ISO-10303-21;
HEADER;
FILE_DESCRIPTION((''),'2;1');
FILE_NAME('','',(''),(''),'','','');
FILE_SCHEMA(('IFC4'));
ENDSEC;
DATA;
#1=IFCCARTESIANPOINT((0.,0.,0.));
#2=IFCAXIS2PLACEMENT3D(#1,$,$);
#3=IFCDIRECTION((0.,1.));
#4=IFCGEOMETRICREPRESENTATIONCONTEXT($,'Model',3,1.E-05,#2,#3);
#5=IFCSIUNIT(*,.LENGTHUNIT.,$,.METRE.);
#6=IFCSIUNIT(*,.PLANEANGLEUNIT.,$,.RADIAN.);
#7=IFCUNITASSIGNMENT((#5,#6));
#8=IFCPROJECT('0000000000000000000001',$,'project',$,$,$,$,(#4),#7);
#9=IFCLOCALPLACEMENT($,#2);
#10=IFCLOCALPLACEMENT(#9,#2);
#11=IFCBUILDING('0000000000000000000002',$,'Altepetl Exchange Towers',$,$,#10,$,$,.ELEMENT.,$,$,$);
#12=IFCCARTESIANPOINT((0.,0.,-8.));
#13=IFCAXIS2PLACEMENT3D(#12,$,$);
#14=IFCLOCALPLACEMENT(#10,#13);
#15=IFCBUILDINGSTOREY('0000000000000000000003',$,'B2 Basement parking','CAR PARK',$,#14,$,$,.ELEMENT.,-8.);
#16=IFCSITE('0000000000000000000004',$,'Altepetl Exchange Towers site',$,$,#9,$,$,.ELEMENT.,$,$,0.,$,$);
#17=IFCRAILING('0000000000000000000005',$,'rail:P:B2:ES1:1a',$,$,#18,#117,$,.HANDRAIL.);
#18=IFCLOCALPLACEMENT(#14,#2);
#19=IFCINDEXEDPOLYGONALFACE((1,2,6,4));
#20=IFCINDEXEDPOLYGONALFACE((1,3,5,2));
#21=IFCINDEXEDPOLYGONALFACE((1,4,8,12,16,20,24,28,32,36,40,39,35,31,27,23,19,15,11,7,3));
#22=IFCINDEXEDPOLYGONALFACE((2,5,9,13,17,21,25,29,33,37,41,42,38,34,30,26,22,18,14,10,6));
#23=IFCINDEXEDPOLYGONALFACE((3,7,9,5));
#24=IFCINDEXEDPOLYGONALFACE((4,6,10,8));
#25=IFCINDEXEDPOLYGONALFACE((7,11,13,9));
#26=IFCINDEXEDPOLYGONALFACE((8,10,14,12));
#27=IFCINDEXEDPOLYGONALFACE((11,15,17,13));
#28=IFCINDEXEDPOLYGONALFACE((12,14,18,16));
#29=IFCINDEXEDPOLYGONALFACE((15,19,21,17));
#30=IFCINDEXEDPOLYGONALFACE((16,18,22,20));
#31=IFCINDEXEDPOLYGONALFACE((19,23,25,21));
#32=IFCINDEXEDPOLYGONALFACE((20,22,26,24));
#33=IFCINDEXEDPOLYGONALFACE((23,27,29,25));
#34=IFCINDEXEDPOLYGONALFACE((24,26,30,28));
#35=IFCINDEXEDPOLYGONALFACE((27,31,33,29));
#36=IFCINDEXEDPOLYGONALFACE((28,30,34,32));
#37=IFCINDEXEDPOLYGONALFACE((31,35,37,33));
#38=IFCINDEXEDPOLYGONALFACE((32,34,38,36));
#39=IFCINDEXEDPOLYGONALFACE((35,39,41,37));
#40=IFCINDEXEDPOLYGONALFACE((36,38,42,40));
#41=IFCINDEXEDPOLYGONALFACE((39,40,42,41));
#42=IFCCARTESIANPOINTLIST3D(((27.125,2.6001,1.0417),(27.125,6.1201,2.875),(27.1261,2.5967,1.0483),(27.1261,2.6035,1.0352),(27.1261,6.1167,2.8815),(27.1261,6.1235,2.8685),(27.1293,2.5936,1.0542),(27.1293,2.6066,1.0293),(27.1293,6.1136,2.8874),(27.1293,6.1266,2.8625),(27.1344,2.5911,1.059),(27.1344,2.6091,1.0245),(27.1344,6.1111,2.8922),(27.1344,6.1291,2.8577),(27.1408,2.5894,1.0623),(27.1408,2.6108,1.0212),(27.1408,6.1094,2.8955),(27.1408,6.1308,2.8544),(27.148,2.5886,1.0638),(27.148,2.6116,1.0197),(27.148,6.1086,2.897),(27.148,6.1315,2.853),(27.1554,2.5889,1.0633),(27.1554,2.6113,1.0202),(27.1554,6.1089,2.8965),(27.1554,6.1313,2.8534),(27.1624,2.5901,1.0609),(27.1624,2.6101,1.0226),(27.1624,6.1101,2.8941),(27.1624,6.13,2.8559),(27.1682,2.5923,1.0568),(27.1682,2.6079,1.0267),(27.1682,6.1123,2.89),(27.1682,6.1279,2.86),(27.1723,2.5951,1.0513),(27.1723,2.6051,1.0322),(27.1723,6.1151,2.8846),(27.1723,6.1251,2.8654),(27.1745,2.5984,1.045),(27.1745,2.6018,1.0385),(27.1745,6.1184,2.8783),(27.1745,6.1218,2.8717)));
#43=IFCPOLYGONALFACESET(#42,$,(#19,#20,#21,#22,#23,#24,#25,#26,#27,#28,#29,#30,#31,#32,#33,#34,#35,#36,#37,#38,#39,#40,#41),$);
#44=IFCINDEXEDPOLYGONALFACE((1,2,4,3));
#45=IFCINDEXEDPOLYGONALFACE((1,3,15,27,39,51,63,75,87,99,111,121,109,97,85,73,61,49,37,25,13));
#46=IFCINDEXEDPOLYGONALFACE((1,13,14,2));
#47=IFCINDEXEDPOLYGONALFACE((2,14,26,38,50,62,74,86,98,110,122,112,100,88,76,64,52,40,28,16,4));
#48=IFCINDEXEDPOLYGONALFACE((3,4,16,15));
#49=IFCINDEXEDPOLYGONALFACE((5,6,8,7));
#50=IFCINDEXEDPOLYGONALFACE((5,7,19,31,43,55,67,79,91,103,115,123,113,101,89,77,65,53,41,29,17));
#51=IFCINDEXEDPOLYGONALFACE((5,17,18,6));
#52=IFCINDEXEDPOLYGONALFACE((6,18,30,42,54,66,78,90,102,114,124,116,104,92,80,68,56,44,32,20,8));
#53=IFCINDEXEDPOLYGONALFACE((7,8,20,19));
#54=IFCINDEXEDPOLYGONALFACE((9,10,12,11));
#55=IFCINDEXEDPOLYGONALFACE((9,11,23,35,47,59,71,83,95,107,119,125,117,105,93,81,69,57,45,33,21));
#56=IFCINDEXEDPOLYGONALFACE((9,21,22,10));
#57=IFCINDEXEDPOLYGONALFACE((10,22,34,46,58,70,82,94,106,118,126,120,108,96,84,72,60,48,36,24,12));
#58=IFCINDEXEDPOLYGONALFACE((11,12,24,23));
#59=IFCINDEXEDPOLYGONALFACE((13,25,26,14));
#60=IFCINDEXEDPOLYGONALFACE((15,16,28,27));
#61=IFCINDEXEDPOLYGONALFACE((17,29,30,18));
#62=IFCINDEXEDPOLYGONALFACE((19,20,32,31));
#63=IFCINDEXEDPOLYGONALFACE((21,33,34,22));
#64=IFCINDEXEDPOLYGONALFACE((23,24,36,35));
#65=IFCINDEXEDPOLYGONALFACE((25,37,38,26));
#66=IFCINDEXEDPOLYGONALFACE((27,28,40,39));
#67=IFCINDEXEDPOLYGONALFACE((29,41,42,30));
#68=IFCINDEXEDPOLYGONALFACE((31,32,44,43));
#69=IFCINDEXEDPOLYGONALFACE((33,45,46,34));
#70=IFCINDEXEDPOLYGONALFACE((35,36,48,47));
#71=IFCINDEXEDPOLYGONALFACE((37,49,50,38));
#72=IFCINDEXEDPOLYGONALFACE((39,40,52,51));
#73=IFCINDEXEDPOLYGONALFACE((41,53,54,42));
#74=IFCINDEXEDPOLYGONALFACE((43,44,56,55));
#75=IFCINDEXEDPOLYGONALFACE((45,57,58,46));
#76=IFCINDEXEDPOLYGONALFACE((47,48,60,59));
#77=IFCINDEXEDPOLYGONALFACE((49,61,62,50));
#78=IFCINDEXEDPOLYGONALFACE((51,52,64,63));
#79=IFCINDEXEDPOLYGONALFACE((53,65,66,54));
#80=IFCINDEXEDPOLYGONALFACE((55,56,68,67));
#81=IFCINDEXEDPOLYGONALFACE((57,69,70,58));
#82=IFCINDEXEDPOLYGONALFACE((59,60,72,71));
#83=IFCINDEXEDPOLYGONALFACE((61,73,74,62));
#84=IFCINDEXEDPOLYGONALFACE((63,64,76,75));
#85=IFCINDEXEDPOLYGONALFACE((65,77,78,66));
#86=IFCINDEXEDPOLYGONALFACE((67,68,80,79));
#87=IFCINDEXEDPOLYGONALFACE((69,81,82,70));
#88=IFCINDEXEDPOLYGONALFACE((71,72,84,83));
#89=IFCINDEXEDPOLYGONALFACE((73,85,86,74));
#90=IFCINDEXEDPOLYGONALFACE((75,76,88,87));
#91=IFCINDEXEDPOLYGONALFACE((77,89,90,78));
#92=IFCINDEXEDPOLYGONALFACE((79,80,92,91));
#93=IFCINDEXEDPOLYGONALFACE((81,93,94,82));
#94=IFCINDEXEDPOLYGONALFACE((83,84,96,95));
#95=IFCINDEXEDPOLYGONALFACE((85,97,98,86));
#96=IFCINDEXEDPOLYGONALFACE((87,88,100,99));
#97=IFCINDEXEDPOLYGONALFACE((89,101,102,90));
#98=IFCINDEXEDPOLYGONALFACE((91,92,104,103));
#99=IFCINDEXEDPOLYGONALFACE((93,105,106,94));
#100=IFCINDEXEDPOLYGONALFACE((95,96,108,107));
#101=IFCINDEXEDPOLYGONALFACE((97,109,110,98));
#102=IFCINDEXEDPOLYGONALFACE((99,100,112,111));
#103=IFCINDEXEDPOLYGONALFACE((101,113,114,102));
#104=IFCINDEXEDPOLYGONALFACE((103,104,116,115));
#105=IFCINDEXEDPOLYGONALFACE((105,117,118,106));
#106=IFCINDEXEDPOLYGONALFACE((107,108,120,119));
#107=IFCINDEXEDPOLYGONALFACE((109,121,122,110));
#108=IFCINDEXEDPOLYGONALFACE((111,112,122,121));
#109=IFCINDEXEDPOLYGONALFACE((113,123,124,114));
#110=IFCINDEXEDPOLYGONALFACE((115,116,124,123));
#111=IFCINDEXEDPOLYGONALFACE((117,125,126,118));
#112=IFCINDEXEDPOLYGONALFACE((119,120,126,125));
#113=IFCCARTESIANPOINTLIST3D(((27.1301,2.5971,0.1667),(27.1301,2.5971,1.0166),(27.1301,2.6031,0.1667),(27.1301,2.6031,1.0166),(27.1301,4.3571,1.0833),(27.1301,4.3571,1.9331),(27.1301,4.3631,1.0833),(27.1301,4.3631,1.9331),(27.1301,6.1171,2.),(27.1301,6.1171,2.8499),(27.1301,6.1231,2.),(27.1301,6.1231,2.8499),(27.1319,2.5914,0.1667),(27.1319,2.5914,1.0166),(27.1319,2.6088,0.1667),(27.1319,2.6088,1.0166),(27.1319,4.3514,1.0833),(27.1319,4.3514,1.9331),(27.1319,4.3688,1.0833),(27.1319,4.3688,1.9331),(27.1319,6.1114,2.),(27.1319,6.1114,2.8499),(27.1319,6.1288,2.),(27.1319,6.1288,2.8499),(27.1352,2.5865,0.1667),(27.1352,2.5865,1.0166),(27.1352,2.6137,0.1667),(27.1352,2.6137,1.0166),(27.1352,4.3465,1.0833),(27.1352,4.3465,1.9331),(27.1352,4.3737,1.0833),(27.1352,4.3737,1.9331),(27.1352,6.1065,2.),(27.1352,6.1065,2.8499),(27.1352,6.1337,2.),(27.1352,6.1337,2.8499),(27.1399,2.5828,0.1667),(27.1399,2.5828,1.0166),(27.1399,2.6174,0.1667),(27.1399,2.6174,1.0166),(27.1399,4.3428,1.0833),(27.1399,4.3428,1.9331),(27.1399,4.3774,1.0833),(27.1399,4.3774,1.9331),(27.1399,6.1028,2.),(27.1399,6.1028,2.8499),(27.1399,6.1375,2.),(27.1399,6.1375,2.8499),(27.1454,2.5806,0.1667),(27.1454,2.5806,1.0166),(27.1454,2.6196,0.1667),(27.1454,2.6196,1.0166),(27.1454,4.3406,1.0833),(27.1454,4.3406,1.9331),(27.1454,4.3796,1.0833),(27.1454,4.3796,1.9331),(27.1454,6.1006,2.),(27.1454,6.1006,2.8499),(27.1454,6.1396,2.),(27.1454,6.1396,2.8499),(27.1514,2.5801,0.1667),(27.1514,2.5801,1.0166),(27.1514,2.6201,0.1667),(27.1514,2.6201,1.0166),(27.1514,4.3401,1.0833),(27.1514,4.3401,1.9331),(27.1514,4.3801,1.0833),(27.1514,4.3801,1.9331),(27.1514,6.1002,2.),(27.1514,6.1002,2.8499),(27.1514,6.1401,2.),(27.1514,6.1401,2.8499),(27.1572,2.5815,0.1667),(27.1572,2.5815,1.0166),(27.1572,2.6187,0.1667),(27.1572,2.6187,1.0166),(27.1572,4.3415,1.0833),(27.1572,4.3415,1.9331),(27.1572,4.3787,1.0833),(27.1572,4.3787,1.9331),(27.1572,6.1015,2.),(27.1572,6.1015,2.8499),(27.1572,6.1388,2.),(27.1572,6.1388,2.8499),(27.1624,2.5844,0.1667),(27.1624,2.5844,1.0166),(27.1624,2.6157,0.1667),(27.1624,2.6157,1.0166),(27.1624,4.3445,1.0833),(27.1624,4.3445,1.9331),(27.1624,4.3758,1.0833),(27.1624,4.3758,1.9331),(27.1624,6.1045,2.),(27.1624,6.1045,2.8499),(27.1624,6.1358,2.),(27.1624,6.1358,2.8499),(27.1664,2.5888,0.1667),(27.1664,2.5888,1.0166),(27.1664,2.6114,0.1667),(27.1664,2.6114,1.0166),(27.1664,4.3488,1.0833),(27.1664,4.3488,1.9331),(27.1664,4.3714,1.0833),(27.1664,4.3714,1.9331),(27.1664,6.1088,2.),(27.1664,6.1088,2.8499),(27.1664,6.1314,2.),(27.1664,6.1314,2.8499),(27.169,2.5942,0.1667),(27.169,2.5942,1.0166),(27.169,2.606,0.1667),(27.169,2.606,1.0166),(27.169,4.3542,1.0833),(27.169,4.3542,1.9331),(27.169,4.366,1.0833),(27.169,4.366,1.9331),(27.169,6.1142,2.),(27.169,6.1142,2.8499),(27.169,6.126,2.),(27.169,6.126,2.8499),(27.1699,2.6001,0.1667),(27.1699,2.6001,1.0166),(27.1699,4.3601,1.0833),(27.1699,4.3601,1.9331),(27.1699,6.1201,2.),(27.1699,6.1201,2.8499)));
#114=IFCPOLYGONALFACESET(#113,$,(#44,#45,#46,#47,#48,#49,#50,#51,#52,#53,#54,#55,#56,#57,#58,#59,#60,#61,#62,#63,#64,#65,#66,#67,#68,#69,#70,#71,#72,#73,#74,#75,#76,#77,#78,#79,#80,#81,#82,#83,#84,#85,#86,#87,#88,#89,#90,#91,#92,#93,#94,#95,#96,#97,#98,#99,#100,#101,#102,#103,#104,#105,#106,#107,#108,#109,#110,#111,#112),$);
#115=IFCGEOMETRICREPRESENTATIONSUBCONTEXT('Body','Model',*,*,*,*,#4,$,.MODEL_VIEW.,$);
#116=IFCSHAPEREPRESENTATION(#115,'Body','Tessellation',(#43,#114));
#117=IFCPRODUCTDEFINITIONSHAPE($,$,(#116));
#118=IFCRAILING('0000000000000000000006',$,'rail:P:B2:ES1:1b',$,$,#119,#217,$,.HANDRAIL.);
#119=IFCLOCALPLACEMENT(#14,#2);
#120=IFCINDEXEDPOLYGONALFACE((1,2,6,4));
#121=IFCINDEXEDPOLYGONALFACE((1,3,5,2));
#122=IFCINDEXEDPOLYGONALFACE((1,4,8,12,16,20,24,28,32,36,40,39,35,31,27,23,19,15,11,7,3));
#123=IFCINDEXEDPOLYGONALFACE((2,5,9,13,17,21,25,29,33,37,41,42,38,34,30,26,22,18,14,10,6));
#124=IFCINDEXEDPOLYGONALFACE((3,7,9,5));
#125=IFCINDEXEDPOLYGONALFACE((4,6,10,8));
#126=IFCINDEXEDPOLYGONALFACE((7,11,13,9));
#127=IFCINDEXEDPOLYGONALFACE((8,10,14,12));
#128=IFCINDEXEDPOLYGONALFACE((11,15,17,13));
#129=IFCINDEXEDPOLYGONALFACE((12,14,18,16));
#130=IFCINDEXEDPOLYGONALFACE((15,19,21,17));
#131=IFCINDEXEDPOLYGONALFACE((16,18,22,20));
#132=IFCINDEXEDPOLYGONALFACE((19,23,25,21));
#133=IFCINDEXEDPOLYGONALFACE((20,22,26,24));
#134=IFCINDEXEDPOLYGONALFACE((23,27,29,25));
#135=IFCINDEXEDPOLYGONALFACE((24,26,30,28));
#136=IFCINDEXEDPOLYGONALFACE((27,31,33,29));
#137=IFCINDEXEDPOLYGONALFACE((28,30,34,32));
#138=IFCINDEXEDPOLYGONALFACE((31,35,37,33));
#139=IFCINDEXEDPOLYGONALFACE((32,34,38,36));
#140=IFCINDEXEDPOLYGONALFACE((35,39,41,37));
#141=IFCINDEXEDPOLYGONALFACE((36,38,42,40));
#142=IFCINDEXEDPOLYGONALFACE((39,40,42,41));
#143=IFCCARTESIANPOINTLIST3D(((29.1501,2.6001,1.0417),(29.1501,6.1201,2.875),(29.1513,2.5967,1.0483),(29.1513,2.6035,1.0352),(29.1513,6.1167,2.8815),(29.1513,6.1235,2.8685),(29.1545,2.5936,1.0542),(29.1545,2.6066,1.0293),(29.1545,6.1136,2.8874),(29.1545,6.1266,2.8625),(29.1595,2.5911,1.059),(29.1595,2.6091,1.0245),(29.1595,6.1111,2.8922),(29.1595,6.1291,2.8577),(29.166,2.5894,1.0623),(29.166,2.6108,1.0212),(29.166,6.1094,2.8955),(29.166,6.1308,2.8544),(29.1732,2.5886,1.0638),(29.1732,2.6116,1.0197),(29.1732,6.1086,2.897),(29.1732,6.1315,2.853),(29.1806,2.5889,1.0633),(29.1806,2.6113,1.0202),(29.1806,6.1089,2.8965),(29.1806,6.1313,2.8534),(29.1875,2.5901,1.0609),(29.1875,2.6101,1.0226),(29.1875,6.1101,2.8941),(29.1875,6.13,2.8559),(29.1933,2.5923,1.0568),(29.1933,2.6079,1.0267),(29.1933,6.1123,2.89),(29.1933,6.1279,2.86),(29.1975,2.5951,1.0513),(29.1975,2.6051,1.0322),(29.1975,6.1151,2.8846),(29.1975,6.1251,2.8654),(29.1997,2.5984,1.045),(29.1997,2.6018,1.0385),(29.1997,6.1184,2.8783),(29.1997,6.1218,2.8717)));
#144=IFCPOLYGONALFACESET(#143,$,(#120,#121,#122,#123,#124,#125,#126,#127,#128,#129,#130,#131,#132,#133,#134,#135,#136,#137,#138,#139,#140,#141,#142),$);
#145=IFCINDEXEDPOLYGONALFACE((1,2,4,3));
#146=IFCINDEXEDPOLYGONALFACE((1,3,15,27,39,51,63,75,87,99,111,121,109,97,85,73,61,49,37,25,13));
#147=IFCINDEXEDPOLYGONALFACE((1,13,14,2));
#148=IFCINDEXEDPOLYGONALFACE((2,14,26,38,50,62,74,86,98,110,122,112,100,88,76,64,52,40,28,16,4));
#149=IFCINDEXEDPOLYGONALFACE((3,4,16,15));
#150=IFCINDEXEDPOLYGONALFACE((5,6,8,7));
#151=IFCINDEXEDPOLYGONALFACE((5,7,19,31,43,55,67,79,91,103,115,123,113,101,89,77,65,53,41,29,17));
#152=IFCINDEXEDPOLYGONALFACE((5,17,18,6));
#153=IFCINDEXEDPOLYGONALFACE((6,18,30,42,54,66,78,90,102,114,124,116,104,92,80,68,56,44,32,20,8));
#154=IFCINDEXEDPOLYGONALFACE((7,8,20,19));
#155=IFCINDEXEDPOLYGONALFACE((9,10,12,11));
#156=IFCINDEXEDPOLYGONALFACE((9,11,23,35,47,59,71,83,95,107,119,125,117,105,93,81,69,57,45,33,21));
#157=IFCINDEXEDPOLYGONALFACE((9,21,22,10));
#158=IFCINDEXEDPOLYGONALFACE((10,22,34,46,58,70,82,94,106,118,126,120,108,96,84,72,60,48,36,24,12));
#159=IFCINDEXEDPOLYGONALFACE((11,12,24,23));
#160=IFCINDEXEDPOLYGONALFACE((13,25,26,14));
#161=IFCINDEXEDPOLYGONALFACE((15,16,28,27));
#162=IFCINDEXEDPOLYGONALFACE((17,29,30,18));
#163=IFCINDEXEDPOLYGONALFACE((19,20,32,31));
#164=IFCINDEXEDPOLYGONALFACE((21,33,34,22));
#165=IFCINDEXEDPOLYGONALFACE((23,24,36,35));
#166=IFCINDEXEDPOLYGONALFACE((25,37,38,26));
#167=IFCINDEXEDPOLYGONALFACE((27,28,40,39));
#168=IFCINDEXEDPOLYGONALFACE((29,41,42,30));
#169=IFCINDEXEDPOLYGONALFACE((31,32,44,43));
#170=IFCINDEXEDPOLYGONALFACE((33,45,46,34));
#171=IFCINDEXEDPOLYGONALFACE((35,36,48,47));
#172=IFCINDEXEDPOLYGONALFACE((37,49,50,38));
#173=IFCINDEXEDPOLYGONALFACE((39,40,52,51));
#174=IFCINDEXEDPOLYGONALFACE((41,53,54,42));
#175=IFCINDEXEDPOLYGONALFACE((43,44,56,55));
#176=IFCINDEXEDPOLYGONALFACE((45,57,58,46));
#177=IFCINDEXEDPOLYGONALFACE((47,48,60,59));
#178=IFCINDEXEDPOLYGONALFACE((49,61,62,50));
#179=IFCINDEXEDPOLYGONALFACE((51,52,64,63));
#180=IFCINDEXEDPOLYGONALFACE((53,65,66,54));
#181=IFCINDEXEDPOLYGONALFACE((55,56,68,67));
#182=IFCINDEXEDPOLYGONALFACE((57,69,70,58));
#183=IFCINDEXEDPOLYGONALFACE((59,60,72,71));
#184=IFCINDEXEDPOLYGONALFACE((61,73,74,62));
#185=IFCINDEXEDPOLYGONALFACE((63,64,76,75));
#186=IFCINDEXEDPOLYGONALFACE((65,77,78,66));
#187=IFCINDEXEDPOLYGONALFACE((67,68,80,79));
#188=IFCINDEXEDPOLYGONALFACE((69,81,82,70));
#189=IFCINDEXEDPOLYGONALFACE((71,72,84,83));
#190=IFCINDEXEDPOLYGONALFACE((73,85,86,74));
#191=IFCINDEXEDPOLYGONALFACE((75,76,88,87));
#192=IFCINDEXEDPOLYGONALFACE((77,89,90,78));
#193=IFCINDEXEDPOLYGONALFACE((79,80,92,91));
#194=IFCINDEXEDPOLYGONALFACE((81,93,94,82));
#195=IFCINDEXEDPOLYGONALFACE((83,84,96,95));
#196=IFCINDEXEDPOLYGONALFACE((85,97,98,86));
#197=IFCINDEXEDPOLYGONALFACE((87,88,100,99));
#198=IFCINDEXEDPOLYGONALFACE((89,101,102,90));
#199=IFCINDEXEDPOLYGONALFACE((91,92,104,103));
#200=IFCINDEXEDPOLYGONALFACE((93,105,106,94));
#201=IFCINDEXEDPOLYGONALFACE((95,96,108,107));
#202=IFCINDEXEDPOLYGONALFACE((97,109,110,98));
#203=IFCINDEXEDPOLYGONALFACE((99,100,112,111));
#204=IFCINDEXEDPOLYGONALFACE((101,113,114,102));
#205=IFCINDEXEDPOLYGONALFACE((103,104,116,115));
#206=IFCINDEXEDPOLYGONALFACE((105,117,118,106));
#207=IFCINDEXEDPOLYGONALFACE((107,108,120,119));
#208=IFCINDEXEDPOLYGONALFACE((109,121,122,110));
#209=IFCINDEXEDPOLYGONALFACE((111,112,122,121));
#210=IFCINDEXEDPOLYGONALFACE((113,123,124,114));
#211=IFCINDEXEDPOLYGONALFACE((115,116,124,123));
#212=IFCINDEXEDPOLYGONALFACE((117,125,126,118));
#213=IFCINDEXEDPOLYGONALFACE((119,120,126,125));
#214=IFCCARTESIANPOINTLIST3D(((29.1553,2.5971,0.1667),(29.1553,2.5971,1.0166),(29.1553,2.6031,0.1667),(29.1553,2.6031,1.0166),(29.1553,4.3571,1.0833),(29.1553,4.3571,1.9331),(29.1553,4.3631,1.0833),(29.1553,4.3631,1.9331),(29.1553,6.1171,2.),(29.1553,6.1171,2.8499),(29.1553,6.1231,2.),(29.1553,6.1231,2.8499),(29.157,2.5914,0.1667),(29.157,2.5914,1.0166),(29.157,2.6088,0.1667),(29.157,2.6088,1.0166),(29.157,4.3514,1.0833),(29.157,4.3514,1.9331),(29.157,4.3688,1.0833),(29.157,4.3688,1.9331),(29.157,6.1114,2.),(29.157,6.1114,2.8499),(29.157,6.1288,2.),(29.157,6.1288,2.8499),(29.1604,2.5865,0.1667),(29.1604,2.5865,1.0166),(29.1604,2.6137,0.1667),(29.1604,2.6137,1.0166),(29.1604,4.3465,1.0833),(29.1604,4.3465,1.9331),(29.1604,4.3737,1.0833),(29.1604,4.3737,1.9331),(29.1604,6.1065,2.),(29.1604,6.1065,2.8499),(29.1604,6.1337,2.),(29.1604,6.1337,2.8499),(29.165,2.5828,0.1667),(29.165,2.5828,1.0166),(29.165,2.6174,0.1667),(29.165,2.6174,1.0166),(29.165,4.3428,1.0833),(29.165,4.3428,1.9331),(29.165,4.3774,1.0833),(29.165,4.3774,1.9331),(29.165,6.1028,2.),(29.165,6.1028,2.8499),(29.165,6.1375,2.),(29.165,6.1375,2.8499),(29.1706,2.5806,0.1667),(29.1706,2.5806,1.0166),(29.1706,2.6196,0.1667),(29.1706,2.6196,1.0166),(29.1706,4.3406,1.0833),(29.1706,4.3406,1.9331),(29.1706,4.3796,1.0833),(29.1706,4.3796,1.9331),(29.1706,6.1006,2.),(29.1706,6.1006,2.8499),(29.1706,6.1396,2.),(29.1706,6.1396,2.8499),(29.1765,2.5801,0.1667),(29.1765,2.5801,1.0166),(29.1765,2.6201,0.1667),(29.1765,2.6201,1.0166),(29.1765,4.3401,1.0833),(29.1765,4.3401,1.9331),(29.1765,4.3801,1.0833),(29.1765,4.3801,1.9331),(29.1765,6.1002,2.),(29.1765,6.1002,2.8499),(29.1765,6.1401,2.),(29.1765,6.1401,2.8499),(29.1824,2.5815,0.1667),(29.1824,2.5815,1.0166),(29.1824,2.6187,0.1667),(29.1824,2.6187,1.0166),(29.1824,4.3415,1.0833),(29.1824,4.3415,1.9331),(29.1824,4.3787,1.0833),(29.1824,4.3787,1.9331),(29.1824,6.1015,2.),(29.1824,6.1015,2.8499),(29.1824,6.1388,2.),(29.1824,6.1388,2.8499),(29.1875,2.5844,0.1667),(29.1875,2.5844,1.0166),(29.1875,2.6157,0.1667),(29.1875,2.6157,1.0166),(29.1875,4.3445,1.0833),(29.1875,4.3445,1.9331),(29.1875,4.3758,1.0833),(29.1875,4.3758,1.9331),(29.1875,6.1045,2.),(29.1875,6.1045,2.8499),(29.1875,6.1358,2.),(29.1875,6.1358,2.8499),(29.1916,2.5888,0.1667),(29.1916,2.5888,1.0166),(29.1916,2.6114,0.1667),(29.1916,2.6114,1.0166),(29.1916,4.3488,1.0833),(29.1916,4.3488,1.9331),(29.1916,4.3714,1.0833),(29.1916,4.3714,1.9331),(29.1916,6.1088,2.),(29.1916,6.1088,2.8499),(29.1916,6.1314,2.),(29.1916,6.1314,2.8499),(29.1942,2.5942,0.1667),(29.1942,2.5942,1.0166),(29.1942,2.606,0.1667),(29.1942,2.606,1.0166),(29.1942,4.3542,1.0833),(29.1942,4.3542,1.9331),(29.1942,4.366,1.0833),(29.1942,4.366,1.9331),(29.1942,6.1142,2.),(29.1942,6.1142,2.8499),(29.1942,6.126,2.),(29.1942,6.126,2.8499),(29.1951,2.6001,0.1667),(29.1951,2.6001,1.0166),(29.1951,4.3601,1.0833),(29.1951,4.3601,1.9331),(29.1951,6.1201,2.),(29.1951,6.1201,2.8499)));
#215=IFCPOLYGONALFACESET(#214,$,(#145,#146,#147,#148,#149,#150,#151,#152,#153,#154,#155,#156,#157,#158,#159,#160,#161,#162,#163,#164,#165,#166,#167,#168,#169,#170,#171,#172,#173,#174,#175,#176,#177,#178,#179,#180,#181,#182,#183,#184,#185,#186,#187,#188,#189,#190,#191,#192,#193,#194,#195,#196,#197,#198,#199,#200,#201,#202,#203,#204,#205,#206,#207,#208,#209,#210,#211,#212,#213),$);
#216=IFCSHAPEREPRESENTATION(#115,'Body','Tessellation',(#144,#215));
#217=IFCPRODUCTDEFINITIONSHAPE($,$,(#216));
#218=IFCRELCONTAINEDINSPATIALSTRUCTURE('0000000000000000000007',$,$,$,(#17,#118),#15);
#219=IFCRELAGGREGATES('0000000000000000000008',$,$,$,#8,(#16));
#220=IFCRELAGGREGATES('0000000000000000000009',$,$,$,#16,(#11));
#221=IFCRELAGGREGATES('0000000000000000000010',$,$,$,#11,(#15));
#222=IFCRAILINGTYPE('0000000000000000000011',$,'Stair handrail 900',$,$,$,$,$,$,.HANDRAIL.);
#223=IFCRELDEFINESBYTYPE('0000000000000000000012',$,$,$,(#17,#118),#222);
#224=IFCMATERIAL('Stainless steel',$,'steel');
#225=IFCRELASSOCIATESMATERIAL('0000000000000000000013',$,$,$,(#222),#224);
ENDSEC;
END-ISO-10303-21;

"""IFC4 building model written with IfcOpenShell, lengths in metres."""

from ifc_helpers import new_model, si_unit, direction, frame, origin, origin_2d, place, context, subcontext, project, spatial, circle, extrude, source, transform, mapped, material, type_object, element, save


model = new_model("IFC4")

# Units and contexts
model_context = context("Model", 3, precision=1e-05, world=origin(), true_north=direction((0.0, 1.0)))
body_context = subcontext(model_context, "Body", "Model", "MODEL_VIEW")
ifc_project = project(units=[si_unit("LENGTHUNIT", "METRE"), si_unit("PLANEANGLEUNIT", "RADIAN")], contexts=[model_context])

# Site, building, storey
site_placement = place(None, origin())
site = spatial("IfcSite", under=ifc_project, at=site_placement, Name="Altepetl Exchange Towers site", CompositionType="ELEMENT", RefElevation=0.0)
building_placement = place(site_placement, origin())
building = spatial("IfcBuilding", under=site, at=building_placement, Name="Altepetl Exchange Towers", CompositionType="ELEMENT")
storey_placement = place(building_placement, frame((0.0, 0.0, -8.0)))
storey = spatial("IfcBuildingStorey", under=building, at=storey_placement, Name="B2 Basement parking", Description="CAR PARK", CompositionType="ELEMENT", Elevation=-8.0)

# Railings
ifc_material_1 = material(Name="Stainless steel", Category="steel")
railing_type_1 = type_object("IfcRailingType", Name="Stair handrail 900", PredefinedType="HANDRAIL", material=ifc_material_1)
shared_shape_1 = source(origin(), body_context, "Body", "SweptSolid", [
    extrude(circle(Radius=0.02, at=origin_2d()), origin(), (0.0, 0.0, 1.0), 0.8499),
])
for number, where, name in (
    (1, (27.1499, 2.6001, 0.1667), "rail:P:B2:ES1:1a"),
    (2, (29.175, 2.6001, 0.1667), "rail:P:B2:ES1:1b"),
):
    element("IfcRailing", number, at=place(storey_placement, frame(where)), inside=storey, type_object=railing_type_1, Name=name, PredefinedType="HANDRAIL", context=body_context, shape_type="SweptSolid", body=[
        extrude(circle(Radius=0.0249, at=origin_2d()), frame((0.0, 0.0, 0.875), z_axis=(0.0, 0.886924, 0.461916), x_axis=(-1.0, 0.0, 0.0)), (0.0, 0.0, 1.0), 3.9688),
        mapped(shared_shape_1, transform((0.0, 0.0, 0.0))),
        mapped(shared_shape_1, transform((0.0, 1.76, 0.9165))),
        mapped(shared_shape_1, transform((0.0, 3.52, 1.8333))),
    ])

save(model, "model.ifc")
